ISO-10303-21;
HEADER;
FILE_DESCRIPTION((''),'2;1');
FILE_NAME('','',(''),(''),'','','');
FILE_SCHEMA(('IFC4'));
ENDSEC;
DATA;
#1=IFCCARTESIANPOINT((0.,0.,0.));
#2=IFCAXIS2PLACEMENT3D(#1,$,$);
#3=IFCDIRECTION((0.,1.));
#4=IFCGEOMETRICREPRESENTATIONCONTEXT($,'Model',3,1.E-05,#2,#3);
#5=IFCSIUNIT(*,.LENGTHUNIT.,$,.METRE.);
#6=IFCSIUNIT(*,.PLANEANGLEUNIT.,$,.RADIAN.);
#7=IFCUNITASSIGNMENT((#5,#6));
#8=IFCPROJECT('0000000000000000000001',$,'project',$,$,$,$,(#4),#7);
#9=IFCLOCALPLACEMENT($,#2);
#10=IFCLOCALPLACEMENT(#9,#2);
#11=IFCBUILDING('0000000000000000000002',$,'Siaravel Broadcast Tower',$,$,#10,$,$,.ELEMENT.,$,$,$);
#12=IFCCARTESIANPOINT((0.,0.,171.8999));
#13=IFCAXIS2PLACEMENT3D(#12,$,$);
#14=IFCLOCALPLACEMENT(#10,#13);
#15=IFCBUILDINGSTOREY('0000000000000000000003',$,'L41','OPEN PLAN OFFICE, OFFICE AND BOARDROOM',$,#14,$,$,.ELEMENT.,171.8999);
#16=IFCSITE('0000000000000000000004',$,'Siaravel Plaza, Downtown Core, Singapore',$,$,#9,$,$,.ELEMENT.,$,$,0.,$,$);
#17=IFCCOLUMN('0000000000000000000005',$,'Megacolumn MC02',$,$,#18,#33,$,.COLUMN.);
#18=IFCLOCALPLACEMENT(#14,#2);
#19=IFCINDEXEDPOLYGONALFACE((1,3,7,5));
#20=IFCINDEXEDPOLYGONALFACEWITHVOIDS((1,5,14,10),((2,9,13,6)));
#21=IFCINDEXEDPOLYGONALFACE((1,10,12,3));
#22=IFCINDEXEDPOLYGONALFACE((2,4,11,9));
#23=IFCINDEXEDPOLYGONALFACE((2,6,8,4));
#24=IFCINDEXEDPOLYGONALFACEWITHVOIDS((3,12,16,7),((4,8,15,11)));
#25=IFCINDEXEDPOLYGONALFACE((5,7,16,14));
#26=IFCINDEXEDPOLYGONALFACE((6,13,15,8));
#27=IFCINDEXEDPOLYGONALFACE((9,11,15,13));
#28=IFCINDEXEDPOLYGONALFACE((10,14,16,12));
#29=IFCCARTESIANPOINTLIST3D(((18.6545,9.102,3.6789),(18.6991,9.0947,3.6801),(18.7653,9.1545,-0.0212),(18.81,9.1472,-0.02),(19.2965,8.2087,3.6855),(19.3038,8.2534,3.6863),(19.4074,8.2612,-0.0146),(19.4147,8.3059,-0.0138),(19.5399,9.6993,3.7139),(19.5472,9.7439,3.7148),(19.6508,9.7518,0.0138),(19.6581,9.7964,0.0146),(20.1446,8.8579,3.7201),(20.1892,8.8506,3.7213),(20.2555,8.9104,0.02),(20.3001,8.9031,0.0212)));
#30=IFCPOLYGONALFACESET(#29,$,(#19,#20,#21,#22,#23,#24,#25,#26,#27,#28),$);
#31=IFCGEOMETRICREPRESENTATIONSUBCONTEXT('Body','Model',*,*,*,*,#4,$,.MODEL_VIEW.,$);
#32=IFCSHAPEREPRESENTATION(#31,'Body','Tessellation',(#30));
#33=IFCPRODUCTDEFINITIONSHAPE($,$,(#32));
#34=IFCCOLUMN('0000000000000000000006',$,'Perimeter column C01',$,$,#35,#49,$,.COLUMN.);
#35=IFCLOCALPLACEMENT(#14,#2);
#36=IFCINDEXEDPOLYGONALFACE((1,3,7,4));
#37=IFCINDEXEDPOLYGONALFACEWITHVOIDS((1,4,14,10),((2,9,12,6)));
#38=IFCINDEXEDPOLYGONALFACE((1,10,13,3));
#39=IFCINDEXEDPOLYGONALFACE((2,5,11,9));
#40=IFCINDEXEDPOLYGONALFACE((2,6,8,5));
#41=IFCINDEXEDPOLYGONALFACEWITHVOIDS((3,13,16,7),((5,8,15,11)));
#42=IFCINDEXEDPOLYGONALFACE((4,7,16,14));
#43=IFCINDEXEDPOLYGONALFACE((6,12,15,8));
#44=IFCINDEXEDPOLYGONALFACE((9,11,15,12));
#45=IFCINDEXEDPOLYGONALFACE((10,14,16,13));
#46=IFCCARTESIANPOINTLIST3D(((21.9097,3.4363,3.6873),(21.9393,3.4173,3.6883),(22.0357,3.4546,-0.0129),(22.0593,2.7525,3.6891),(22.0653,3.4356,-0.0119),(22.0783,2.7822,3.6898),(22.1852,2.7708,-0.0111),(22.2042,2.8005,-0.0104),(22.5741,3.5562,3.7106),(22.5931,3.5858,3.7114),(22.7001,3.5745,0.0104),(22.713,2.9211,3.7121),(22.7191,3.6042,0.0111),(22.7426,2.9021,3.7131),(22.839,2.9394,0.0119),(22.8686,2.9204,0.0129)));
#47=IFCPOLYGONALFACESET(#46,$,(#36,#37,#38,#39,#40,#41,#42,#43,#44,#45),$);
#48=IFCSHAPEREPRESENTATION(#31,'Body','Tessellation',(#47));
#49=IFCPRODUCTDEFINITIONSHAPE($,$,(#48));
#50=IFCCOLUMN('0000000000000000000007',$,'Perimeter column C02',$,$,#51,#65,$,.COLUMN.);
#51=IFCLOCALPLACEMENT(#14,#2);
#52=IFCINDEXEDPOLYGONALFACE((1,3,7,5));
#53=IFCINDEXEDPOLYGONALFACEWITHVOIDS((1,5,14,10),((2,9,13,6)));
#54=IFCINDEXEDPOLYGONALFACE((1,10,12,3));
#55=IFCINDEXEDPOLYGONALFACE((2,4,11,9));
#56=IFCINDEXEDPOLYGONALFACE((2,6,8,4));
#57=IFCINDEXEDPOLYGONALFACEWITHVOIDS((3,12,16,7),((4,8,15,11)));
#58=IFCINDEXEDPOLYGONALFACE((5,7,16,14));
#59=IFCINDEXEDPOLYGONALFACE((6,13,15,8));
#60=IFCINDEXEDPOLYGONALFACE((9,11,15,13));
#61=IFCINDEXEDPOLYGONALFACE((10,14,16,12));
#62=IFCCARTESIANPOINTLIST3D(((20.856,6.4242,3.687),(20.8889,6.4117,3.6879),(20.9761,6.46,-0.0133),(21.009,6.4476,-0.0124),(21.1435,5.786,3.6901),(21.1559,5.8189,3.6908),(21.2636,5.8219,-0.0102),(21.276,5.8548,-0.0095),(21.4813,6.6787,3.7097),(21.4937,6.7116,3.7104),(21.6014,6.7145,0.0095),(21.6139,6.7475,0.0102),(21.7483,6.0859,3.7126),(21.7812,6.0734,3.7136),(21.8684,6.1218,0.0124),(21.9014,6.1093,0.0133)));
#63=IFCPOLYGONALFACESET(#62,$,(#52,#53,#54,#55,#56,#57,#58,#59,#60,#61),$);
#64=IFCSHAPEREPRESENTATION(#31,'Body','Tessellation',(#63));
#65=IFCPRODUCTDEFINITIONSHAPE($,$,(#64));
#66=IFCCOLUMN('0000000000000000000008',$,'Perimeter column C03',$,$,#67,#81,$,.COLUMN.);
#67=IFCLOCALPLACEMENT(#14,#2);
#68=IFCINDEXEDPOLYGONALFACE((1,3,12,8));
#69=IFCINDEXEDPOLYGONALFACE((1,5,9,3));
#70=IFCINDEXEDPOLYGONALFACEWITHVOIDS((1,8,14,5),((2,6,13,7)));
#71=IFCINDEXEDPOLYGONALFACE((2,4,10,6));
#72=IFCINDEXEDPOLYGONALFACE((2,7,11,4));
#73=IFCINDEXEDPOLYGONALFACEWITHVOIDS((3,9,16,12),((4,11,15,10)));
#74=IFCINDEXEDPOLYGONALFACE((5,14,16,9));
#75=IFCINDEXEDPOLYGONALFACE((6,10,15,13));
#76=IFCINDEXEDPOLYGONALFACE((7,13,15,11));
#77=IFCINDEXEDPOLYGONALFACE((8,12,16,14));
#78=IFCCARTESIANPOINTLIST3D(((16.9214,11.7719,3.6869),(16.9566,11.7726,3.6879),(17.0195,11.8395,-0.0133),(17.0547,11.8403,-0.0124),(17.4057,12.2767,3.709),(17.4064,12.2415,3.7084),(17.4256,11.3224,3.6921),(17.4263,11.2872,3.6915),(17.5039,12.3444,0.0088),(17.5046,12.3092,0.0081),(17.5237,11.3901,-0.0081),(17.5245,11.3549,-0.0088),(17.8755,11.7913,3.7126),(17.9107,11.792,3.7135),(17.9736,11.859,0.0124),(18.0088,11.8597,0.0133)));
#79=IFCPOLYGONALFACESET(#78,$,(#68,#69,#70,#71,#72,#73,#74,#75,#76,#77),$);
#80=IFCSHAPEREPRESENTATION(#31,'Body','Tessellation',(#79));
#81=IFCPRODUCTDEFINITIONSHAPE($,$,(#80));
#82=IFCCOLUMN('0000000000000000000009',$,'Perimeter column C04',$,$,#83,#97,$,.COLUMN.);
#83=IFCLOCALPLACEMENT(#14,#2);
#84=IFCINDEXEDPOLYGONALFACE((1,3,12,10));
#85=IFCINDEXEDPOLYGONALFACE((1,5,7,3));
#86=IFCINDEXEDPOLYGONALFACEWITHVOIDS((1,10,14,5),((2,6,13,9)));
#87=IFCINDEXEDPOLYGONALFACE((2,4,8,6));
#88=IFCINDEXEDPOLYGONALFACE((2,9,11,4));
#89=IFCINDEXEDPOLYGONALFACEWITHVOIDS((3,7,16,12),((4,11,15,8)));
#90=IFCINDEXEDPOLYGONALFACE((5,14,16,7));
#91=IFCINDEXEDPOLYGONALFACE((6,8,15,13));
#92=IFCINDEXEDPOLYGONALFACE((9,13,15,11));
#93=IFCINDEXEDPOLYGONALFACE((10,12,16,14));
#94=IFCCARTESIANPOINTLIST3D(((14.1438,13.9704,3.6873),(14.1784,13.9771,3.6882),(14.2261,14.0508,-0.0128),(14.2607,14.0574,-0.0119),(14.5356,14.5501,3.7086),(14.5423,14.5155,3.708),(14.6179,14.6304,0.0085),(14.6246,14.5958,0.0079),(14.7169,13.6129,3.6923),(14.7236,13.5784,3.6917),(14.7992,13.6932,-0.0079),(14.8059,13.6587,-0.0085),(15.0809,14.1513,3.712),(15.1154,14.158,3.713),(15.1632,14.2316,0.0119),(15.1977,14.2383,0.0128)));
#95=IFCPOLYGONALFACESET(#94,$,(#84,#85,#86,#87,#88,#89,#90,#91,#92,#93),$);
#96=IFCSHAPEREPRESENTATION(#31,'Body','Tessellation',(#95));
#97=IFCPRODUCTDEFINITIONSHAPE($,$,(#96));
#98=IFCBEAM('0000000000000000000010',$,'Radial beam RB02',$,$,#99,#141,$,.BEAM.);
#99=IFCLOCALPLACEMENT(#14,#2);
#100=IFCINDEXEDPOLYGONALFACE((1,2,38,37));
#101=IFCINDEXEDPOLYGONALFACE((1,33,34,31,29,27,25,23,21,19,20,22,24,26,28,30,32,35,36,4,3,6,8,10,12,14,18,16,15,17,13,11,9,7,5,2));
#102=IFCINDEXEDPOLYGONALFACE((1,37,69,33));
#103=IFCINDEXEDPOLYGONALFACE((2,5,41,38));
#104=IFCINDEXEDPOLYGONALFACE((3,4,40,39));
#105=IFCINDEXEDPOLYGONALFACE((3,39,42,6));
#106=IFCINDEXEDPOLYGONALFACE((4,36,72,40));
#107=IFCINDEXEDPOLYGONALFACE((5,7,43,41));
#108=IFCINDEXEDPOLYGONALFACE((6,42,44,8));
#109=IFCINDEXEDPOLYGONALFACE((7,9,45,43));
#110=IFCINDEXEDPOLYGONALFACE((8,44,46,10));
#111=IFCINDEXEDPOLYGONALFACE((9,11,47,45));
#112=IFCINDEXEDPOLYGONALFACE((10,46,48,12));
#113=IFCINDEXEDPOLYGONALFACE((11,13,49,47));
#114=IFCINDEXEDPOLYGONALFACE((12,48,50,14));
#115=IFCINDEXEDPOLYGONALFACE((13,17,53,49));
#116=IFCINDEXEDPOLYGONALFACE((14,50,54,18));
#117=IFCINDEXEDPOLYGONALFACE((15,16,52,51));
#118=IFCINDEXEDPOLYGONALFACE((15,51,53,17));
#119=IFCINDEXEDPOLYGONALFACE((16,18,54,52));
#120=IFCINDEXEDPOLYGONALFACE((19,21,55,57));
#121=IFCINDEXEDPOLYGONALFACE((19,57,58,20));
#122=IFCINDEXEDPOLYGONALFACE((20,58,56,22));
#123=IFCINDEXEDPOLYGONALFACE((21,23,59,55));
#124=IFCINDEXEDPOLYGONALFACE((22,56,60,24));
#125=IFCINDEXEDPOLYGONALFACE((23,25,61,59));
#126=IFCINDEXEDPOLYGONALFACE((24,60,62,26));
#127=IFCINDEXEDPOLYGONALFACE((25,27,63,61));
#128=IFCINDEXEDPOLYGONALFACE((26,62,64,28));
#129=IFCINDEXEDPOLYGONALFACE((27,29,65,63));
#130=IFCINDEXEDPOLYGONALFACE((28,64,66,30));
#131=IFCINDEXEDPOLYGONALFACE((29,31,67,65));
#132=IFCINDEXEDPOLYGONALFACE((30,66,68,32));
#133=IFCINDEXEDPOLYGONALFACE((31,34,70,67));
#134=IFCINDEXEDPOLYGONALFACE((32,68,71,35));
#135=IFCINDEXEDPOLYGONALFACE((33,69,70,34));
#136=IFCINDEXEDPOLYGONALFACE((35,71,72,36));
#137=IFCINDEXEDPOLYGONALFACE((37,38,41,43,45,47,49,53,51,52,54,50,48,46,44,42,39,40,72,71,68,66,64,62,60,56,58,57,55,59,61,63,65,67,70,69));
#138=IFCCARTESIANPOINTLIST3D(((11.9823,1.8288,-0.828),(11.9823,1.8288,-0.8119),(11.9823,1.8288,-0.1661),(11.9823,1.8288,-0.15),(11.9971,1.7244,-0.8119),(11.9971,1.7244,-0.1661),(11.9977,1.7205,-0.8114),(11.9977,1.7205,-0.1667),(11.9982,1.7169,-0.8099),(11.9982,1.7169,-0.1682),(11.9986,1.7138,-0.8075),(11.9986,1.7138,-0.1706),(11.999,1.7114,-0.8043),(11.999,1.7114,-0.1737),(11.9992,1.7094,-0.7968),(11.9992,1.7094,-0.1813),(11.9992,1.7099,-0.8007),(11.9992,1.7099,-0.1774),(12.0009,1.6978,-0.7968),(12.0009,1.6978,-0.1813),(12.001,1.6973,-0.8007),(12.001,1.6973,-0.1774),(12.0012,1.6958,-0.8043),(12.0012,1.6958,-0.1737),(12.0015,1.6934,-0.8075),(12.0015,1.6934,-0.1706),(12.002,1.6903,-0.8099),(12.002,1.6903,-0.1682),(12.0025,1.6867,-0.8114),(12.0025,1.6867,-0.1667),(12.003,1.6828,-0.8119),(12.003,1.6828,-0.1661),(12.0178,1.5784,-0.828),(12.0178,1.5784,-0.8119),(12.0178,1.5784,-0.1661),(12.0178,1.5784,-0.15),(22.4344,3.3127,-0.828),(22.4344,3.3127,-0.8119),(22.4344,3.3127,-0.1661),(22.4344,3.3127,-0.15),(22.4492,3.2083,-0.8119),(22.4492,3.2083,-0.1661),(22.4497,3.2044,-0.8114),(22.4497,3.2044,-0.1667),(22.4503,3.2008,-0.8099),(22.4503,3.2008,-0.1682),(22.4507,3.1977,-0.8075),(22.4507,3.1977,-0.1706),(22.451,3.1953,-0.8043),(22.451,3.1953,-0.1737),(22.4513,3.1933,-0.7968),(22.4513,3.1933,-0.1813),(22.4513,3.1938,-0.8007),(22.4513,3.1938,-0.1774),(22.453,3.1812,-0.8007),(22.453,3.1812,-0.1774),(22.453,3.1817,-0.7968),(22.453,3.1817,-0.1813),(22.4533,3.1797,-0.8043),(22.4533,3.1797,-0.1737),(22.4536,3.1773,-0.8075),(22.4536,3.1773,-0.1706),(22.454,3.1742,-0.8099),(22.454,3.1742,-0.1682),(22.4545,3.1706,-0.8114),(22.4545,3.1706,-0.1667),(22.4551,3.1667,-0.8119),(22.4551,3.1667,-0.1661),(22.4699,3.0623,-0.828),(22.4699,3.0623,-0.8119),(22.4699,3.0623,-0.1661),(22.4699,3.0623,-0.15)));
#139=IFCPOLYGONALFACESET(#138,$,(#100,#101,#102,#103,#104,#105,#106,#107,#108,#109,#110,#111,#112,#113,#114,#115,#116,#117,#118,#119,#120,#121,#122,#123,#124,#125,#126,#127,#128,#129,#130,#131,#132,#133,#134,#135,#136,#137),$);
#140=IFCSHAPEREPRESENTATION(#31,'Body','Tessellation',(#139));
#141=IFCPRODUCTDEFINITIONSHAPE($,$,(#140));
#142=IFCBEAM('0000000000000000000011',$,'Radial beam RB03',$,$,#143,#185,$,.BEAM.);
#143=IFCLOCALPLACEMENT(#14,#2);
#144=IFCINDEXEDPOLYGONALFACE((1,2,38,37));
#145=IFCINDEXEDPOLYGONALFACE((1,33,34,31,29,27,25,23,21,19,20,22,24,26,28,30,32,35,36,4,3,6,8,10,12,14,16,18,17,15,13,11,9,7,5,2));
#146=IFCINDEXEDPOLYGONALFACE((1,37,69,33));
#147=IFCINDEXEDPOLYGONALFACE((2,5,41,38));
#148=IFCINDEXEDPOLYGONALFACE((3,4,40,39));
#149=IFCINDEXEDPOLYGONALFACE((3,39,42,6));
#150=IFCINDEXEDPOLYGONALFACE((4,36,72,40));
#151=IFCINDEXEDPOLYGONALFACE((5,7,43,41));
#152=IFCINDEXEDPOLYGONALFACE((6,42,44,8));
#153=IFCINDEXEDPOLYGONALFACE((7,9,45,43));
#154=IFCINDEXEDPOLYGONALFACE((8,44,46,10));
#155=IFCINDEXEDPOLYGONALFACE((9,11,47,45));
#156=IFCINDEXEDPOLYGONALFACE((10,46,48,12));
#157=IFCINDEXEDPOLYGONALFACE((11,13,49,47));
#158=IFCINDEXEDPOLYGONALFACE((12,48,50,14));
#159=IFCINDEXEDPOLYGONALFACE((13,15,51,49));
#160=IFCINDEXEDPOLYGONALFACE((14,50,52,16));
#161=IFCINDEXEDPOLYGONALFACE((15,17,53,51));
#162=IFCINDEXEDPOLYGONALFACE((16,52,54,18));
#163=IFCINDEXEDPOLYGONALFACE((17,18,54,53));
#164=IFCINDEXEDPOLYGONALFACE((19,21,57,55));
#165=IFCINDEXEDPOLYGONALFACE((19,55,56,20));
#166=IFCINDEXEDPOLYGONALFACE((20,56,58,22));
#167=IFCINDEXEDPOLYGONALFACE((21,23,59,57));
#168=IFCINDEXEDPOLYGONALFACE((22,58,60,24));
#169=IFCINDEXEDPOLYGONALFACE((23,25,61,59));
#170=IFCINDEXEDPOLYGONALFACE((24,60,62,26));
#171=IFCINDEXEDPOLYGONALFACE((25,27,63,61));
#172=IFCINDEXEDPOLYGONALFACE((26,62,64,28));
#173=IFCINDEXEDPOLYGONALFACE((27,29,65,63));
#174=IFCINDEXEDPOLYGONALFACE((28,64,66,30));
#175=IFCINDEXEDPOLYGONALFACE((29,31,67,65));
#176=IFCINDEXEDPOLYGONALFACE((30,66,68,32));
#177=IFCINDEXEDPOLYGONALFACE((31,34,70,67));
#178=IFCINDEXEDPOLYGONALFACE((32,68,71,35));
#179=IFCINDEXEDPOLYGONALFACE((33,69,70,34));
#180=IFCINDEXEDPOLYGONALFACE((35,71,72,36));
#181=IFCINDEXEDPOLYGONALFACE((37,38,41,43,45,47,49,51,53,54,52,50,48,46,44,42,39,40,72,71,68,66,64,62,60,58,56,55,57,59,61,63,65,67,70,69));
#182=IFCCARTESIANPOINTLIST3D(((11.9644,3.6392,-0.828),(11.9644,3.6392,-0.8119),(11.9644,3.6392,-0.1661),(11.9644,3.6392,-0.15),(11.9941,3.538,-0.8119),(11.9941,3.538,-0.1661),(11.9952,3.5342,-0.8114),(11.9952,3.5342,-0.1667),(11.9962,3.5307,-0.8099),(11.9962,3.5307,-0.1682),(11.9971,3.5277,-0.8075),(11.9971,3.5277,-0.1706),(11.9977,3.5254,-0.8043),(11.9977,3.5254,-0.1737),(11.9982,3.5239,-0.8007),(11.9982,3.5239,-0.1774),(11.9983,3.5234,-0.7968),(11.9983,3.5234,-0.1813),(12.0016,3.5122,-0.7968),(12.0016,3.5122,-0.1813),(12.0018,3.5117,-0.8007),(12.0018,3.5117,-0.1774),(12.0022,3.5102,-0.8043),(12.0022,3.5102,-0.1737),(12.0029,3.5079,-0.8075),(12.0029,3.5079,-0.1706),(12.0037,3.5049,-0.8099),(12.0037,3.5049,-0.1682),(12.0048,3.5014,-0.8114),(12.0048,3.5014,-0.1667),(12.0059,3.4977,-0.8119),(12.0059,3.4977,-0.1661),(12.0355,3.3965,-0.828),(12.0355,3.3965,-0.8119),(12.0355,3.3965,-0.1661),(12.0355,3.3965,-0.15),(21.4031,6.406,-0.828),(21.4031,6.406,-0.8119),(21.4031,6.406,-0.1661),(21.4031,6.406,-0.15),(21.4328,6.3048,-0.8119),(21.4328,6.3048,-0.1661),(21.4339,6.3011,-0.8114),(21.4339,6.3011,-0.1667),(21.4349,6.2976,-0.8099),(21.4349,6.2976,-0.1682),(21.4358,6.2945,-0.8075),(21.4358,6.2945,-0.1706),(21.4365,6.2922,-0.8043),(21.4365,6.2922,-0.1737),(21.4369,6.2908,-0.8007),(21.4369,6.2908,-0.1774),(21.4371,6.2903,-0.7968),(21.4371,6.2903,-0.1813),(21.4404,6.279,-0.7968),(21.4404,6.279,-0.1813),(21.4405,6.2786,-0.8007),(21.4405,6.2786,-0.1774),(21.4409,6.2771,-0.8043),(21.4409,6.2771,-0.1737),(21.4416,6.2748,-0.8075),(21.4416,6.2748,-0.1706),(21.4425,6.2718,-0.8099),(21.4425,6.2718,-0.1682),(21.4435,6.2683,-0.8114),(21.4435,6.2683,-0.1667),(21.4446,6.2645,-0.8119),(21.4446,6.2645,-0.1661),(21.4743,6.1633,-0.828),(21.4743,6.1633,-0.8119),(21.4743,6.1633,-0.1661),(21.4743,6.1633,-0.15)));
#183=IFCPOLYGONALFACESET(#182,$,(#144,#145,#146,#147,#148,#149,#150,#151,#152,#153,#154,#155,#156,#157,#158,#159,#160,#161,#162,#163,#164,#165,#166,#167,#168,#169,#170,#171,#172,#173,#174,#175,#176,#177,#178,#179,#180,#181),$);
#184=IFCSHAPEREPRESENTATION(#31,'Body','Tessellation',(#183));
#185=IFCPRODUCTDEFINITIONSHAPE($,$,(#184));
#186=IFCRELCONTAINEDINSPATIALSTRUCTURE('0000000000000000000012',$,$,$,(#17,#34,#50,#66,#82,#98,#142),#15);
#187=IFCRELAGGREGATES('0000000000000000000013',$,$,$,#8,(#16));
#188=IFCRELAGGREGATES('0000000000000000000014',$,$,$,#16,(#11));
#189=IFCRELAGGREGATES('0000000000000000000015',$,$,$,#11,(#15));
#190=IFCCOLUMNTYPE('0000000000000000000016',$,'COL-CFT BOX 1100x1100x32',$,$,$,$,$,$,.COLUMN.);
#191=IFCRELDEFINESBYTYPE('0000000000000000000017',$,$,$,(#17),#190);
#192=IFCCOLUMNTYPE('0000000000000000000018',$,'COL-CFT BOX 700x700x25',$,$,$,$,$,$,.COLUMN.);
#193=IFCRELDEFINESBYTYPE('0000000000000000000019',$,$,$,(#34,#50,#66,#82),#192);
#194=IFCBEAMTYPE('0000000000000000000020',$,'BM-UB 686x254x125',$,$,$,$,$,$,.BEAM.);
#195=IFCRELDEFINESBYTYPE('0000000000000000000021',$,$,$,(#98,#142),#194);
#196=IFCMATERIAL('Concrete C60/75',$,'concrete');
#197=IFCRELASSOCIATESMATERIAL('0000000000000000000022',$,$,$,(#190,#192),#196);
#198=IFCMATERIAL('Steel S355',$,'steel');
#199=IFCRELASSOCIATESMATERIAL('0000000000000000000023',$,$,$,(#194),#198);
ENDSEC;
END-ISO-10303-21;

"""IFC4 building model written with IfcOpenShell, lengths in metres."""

from ifc_helpers import new_model, si_unit, direction, frame, origin, origin_2d, place, context, subcontext, project, spatial, hollow_rectangle, i_section, extrude, material, material_profile, profile_set, type_object, element, save


model = new_model("IFC4")

# Units and contexts
model_context = context("Model", 3, precision=1e-05, world=origin(), true_north=direction((0.0, 1.0)))
body_context = subcontext(model_context, "Body", "Model", "MODEL_VIEW")
ifc_project = project(units=[si_unit("LENGTHUNIT", "METRE"), si_unit("PLANEANGLEUNIT", "RADIAN")], contexts=[model_context])

# Site, building, storey
site_placement = place(None, origin())
site = spatial("IfcSite", under=ifc_project, at=site_placement, Name="Siaravel Plaza, Downtown Core, Singapore", CompositionType="ELEMENT", RefElevation=0.0)
building_placement = place(site_placement, origin())
building = spatial("IfcBuilding", under=site, at=building_placement, Name="Siaravel Broadcast Tower", CompositionType="ELEMENT")
storey_placement = place(building_placement, frame((0.0, 0.0, 171.8999)))
storey = spatial("IfcBuildingStorey", under=building, at=storey_placement, Name="L41", Description="OPEN PLAN OFFICE, OFFICE AND BOARDROOM", CompositionType="ELEMENT", Elevation=171.8999)

# Columns
ifc_material_1 = material(Name="Concrete C60/75", Category="concrete")
ifc_material_profile_1 = material_profile(ifc_material_1, hollow_rectangle(XDim=1.1001, YDim=1.1001, WallThickness=0.032, at=origin_2d()))
ifc_profile_set_1 = profile_set([ifc_material_profile_1], Name="Concrete C60/75")
column_type_1 = type_object("IfcColumnType", Name="COL-CFT BOX 1100x1100x32", PredefinedType="COLUMN", material=ifc_profile_set_1)
column_1_placement = place(storey_placement, frame((19.5327, 9.0288, 0.0), z_axis=(-0.029939, -0.014178, 0.999451), x_axis=(0.583604, -0.812016, 0.005963)))
element("IfcColumn", 1, at=column_1_placement, inside=storey, type_object=column_type_1, Name="Megacolumn MC02", PredefinedType="COLUMN", context=body_context, shape_type="SweptSolid", body=[
    extrude(hollow_rectangle(XDim=1.1001, YDim=1.1001, WallThickness=0.032, at=origin_2d()), origin(), (0.0, 0.0, 1.0), 3.7021),
])
ifc_material_profile_2 = material_profile(ifc_material_1, hollow_rectangle(XDim=0.7, YDim=0.7, WallThickness=0.0249, at=origin_2d()))
ifc_profile_set_2 = profile_set([ifc_material_profile_2], Name="Concrete C60/75")
column_type_2 = type_object("IfcColumnType", Name="COL-CFT BOX 700x700x25", PredefinedType="COLUMN", material=ifc_profile_set_2)
for number, where, z_axis, x_axis, name in (
    (2, (22.4521, 3.1875, 0.0), (-0.034026, -0.004946, 0.999409), (0.213653, -0.976907, 0.00244), "Perimeter column C01"),
    (3, (21.4387, 6.2847, 0.0), (-0.032444, -0.009694, 0.999427), (0.410727, -0.911747, 0.00449), "Perimeter column C02"),
):
    element("IfcColumn", number, at=place(storey_placement, frame(where, z_axis=z_axis, x_axis=x_axis)), inside=storey, type_object=column_type_2, Name=name, PredefinedType="COLUMN", context=body_context, shape_type="SweptSolid", body=[
        extrude(hollow_rectangle(XDim=0.7, YDim=0.7, WallThickness=0.0249, at=origin_2d()), origin(), (0.0, 0.0, 1.0), 3.7024),
    ])
column_2_placement = place(storey_placement, frame((17.5142, 11.8496, 0.0), z_axis=(-0.02651, -0.018267, 0.999482), x_axis=(0.72142, -0.692467, 0.006479)))
element("IfcColumn", 4, at=column_2_placement, inside=storey, type_object=column_type_2, Name="Perimeter column C03", PredefinedType="COLUMN", context=body_context, shape_type="SweptSolid", body=[
    extrude(hollow_rectangle(XDim=0.7, YDim=0.7, WallThickness=0.0249, at=origin_2d()), origin(), (0.0, 0.0, 1.0), 3.7021),
])
column_3_placement = place(storey_placement, frame((14.7119, 14.1445, 0.0), z_axis=(-0.022225, -0.021697, 0.999518), x_axis=(0.828351, -0.560175, 0.006259)))
element("IfcColumn", 5, at=column_3_placement, inside=storey, type_object=column_type_2, Name="Perimeter column C04", PredefinedType="COLUMN", context=body_context, shape_type="SweptSolid", body=[
    extrude(hollow_rectangle(XDim=0.7, YDim=0.7, WallThickness=0.0249, at=origin_2d()), origin(), (0.0, 0.0, 1.0), 3.7019),
])

# Beams
ifc_material_2 = material(Name="Steel S355", Category="steel")
ifc_material_profile_3 = material_profile(ifc_material_2, i_section(OverallWidth=0.2529, OverallDepth=0.678, WebThickness=0.0117, FlangeThickness=0.0161, FilletRadius=0.0151, at=origin_2d()))
ifc_profile_set_3 = profile_set([ifc_material_profile_3], Name="Steel S355")
beam_type = type_object("IfcBeamType", Name="BM-UB 686x254x125", PredefinedType="BEAM", material=ifc_profile_set_3)
beam_1_placement = place(storey_placement, frame((22.4521, 3.1875, -0.489), z_axis=(-0.990072, -0.14056, 0.0), x_axis=(0.14056, -0.990072, 0.0)))
element("IfcBeam", 6, at=beam_1_placement, inside=storey, type_object=beam_type, Name="Radial beam RB02", PredefinedType="BEAM", context=body_context, shape_type="SweptSolid", body=[
    extrude(i_section(OverallWidth=0.2529, OverallDepth=0.678, WebThickness=0.0117, FlangeThickness=0.0161, FilletRadius=0.0151, at=origin_2d()), origin(), (0.0, 0.0, 1.0), 10.5569),
])
beam_2_placement = place(storey_placement, frame((21.4387, 6.2847, -0.489), z_axis=(-0.95962, -0.281301, 0.0), x_axis=(0.281301, -0.95962, 0.0)))
element("IfcBeam", 7, at=beam_2_placement, inside=storey, type_object=beam_type, Name="Radial beam RB03", PredefinedType="BEAM", context=body_context, shape_type="SweptSolid", body=[
    extrude(i_section(OverallWidth=0.2529, OverallDepth=0.678, WebThickness=0.0117, FlangeThickness=0.0161, FilletRadius=0.0151, at=origin_2d()), origin(), (0.0, 0.0, 1.0), 9.8359),
])

save(model, "model.ifc")
